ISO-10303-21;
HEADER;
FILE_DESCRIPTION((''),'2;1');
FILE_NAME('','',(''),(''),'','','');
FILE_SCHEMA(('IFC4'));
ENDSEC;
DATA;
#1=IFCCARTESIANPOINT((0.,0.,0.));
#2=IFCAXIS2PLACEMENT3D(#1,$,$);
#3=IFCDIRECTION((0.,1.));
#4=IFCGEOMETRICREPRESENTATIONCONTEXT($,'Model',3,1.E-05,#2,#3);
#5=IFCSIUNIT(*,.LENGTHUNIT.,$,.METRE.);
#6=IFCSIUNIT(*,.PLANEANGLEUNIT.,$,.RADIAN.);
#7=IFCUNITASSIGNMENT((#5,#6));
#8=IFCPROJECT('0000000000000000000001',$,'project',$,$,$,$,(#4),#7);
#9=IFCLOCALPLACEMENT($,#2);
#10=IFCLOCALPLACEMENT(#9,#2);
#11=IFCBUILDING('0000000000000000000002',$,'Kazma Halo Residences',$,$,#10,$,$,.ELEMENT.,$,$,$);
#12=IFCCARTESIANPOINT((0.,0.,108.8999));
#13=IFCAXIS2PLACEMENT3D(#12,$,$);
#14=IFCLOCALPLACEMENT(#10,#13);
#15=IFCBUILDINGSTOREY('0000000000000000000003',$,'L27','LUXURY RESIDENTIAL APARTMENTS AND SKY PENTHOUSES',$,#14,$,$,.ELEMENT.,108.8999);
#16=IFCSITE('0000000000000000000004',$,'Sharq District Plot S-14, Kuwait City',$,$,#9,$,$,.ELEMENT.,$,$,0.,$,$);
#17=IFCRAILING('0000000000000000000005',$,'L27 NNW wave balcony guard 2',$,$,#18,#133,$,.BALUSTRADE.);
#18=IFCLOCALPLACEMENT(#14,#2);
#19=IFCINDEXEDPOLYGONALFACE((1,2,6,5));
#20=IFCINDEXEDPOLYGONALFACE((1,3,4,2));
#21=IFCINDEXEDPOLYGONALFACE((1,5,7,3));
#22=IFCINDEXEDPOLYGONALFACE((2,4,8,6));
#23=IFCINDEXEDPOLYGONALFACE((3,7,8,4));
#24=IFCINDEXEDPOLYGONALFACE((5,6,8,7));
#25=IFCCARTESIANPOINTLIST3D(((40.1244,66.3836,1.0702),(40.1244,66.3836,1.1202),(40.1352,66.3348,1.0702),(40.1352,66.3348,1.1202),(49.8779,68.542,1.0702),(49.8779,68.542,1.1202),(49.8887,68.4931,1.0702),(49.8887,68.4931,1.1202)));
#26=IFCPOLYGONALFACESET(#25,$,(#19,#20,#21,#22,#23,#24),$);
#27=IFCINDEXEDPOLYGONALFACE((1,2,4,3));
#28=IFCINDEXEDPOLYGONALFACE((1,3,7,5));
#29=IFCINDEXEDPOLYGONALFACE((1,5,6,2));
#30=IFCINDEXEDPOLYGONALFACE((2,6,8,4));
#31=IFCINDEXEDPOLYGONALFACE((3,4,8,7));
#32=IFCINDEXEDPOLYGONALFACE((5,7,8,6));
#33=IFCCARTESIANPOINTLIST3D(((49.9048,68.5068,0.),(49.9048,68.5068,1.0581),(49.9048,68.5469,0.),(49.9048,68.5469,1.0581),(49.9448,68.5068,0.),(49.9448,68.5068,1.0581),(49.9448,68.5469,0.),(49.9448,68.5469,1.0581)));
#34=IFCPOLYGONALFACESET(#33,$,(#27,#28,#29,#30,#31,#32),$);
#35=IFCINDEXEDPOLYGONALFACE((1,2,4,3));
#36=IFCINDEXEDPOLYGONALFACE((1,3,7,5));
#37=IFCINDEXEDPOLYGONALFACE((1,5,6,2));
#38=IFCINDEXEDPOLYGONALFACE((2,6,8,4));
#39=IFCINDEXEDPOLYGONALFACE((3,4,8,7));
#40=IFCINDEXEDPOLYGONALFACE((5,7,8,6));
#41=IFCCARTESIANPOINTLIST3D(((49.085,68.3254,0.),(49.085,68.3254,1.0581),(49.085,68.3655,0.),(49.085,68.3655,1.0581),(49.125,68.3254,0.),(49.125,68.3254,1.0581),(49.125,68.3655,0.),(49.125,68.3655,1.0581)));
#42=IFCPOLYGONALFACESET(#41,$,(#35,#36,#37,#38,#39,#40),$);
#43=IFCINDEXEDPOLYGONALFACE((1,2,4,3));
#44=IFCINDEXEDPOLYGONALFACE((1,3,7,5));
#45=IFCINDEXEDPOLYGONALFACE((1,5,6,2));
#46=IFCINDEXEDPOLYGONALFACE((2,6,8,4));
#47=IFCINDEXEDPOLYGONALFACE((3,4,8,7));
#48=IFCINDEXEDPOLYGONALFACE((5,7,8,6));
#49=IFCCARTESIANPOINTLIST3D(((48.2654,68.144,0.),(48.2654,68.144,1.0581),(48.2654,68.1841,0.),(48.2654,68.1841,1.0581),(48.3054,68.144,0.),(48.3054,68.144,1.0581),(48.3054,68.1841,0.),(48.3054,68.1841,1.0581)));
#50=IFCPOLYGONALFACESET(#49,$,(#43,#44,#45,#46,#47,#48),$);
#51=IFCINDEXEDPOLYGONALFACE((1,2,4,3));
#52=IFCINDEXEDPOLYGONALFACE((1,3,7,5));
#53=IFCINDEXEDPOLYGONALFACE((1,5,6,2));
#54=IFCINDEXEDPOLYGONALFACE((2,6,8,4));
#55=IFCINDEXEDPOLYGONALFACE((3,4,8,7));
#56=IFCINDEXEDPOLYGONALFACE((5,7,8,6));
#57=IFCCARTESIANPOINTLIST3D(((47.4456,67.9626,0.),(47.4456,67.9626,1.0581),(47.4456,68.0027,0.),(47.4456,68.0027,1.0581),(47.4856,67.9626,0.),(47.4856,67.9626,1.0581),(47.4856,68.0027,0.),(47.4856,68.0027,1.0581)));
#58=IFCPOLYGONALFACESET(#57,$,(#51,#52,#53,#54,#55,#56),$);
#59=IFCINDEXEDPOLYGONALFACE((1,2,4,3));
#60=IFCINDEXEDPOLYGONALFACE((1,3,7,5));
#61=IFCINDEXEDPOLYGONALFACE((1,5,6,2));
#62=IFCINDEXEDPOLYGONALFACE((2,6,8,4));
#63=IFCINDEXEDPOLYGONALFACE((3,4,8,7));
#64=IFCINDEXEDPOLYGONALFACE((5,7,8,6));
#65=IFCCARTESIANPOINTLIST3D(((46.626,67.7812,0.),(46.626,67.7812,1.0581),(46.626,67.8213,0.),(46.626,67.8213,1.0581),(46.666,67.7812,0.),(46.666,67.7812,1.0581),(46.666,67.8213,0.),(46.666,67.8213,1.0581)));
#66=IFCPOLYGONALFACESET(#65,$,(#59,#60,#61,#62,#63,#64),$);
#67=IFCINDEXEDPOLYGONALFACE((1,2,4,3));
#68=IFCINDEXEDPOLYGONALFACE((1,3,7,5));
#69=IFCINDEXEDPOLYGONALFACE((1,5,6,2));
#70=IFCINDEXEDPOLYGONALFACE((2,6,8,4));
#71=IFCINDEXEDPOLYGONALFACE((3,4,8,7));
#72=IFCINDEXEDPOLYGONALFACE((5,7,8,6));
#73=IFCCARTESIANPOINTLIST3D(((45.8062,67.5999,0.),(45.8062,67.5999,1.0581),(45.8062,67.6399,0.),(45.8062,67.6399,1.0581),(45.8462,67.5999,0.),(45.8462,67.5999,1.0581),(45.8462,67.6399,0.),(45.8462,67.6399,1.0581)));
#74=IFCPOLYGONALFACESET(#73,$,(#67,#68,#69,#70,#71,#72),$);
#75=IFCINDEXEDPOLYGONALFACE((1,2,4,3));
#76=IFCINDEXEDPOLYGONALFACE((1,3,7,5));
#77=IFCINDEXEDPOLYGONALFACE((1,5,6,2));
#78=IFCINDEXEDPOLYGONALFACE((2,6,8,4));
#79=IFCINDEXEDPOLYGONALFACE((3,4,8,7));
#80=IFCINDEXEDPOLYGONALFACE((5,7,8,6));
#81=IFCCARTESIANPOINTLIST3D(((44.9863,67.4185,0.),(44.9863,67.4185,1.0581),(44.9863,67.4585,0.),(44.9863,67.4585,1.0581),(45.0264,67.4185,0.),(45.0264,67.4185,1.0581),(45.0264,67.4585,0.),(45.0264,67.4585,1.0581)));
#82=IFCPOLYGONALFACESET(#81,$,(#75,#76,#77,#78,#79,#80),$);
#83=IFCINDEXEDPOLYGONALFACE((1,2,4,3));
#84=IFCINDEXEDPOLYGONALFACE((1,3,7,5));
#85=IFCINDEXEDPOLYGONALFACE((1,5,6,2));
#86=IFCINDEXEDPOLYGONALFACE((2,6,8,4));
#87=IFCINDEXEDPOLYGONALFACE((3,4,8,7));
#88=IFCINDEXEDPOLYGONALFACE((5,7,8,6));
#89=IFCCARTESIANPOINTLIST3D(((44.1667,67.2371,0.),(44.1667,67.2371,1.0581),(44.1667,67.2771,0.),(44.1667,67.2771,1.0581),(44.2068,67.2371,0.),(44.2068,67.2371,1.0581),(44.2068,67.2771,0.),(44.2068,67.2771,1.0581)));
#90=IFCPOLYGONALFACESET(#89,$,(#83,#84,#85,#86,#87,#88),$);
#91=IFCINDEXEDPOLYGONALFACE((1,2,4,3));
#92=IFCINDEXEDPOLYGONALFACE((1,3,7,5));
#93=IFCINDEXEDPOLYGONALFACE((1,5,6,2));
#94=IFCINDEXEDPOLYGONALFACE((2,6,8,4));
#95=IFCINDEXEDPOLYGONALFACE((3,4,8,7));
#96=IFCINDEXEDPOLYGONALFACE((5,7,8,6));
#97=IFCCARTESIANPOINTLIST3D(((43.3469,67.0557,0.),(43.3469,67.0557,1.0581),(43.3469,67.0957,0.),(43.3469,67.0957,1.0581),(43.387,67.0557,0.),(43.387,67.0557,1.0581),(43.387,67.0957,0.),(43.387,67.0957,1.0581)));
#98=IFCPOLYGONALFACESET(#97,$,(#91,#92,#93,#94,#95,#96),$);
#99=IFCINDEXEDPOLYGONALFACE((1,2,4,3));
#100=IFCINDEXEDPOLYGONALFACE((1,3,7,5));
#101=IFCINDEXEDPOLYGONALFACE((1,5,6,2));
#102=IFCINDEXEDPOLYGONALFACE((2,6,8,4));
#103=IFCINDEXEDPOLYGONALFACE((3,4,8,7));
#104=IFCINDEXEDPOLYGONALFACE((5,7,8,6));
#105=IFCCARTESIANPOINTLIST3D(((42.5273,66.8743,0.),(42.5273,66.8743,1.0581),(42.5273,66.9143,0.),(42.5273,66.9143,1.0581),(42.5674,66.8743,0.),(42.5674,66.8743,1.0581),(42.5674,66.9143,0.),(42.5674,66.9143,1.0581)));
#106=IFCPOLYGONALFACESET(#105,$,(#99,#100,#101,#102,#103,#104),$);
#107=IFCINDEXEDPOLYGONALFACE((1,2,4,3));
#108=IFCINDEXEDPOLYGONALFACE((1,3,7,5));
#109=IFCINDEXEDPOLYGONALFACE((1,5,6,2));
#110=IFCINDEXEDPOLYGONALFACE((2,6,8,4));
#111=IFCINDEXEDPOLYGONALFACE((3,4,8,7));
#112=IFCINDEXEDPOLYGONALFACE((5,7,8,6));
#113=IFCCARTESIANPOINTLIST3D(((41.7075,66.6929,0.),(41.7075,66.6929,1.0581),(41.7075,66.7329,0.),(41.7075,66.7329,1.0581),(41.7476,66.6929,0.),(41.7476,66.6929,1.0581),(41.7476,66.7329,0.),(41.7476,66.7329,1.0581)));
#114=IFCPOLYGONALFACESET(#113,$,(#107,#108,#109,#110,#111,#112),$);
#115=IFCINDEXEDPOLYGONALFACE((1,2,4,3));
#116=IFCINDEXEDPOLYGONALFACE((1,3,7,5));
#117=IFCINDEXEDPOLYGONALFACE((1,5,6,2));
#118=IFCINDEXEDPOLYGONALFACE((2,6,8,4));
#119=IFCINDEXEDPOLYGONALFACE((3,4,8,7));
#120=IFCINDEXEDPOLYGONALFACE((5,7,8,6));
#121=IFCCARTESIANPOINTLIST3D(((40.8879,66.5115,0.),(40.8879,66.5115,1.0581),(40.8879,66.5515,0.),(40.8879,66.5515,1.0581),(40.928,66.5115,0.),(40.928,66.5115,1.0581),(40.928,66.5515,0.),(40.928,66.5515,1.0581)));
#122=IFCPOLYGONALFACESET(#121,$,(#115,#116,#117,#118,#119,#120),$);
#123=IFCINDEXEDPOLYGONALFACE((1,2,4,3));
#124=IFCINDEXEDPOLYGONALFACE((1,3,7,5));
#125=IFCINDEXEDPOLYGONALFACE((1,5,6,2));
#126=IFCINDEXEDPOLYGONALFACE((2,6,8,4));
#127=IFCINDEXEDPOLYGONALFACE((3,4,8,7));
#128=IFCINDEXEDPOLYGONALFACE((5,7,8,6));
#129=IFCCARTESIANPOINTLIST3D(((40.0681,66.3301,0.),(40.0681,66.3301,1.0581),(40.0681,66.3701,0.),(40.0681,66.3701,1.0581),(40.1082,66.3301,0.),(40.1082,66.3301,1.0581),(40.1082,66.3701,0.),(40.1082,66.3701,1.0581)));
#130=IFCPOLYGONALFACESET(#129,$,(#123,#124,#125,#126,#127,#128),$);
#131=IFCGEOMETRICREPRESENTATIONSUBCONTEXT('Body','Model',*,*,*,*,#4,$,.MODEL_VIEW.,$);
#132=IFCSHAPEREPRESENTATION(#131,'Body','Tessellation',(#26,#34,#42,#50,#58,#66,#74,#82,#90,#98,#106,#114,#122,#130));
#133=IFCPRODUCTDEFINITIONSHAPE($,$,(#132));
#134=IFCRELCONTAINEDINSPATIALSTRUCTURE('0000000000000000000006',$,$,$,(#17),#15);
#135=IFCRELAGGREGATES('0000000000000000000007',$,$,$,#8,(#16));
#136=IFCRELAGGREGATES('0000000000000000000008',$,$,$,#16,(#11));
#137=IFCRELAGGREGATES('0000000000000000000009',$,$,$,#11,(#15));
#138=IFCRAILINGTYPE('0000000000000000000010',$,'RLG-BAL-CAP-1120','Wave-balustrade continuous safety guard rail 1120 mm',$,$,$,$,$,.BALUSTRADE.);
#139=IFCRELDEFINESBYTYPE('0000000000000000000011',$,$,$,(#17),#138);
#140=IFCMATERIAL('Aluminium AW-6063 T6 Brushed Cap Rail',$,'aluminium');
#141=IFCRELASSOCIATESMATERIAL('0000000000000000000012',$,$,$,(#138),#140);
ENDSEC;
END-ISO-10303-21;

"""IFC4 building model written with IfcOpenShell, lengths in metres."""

from ifc_helpers import new_model, si_unit, direction, frame, origin, origin_2d, place, context, subcontext, project, spatial, rectangle, extrude, material, type_object, element, save


model = new_model("IFC4")

# Units and contexts
model_context = context("Model", 3, precision=1e-05, world=origin(), true_north=direction((0.0, 1.0)))
body_context = subcontext(model_context, "Body", "Model", "MODEL_VIEW")
ifc_project = project(units=[si_unit("LENGTHUNIT", "METRE"), si_unit("PLANEANGLEUNIT", "RADIAN")], contexts=[model_context])

# Site, building, storey
site_placement = place(None, origin())
site = spatial("IfcSite", under=ifc_project, at=site_placement, Name="Sharq District Plot S-14, Kuwait City", CompositionType="ELEMENT", RefElevation=0.0)
building_placement = place(site_placement, origin())
building = spatial("IfcBuilding", under=site, at=building_placement, Name="Kazma Halo Residences", CompositionType="ELEMENT")
storey_placement = place(building_placement, frame((0.0, 0.0, 108.8999)))
storey = spatial("IfcBuildingStorey", under=building, at=storey_placement, Name="L27", Description="LUXURY RESIDENTIAL APARTMENTS AND SKY PENTHOUSES", CompositionType="ELEMENT", Elevation=108.8999)

# Railing
ifc_material_1 = material(Name="Aluminium AW-6063 T6 Brushed Cap Rail", Category="aluminium")
railing_type = type_object("IfcRailingType", Name="RLG-BAL-CAP-1120", Description="Wave-balustrade continuous safety guard rail 1120 mm", PredefinedType="BALUSTRADE", material=ifc_material_1)
railing_1_placement = place(storey_placement, frame((49.9248, 68.5269, 0.0)))
element("IfcRailing", 1, at=railing_1_placement, inside=storey, type_object=railing_type, Name="L27 NNW wave balcony guard 2", PredefinedType="BALUSTRADE", context=body_context, shape_type="SweptSolid", body=[
    extrude(rectangle(XDim=0.05, YDim=0.05, at=origin_2d()), frame((-0.0415, -0.0093, 1.0952), z_axis=(-0.976379, -0.216063, 0.0), x_axis=(0.216063, -0.976379, 0.0)), (0.0, 0.0, 1.0), 9.9895),
    extrude(rectangle(XDim=0.04, YDim=0.04, at=origin_2d()), origin(), (0.0, 0.0, 1.0), 1.0581),
    extrude(rectangle(XDim=0.04, YDim=0.04, at=origin_2d()), frame((-0.8198, -0.1814, 0.0)), (0.0, 0.0, 1.0), 1.0581),
    extrude(rectangle(XDim=0.04, YDim=0.04, at=origin_2d()), frame((-1.6394, -0.3628, 0.0)), (0.0, 0.0, 1.0), 1.0581),
    extrude(rectangle(XDim=0.04, YDim=0.04, at=origin_2d()), frame((-2.4592, -0.5442, 0.0)), (0.0, 0.0, 1.0), 1.0581),
    extrude(rectangle(XDim=0.04, YDim=0.04, at=origin_2d()), frame((-3.2788, -0.7256, 0.0)), (0.0, 0.0, 1.0), 1.0581),
    extrude(rectangle(XDim=0.04, YDim=0.04, at=origin_2d()), frame((-4.0986, -0.907, 0.0)), (0.0, 0.0, 1.0), 1.0581),
    extrude(rectangle(XDim=0.04, YDim=0.04, at=origin_2d()), frame((-4.9185, -1.0884, 0.0)), (0.0, 0.0, 1.0), 1.0581),
    extrude(rectangle(XDim=0.04, YDim=0.04, at=origin_2d()), frame((-5.738, -1.2698, 0.0)), (0.0, 0.0, 1.0), 1.0581),
    extrude(rectangle(XDim=0.04, YDim=0.04, at=origin_2d()), frame((-6.5579, -1.4512, 0.0)), (0.0, 0.0, 1.0), 1.0581),
    extrude(rectangle(XDim=0.04, YDim=0.04, at=origin_2d()), frame((-7.3774, -1.6326, 0.0)), (0.0, 0.0, 1.0), 1.0581),
    extrude(rectangle(XDim=0.04, YDim=0.04, at=origin_2d()), frame((-8.1973, -1.814, 0.0)), (0.0, 0.0, 1.0), 1.0581),
    extrude(rectangle(XDim=0.04, YDim=0.04, at=origin_2d()), frame((-9.0168, -1.9954, 0.0)), (0.0, 0.0, 1.0), 1.0581),
    extrude(rectangle(XDim=0.04, YDim=0.04, at=origin_2d()), frame((-9.8367, -2.1768, 0.0)), (0.0, 0.0, 1.0), 1.0581),
])

save(model, "model.ifc")
